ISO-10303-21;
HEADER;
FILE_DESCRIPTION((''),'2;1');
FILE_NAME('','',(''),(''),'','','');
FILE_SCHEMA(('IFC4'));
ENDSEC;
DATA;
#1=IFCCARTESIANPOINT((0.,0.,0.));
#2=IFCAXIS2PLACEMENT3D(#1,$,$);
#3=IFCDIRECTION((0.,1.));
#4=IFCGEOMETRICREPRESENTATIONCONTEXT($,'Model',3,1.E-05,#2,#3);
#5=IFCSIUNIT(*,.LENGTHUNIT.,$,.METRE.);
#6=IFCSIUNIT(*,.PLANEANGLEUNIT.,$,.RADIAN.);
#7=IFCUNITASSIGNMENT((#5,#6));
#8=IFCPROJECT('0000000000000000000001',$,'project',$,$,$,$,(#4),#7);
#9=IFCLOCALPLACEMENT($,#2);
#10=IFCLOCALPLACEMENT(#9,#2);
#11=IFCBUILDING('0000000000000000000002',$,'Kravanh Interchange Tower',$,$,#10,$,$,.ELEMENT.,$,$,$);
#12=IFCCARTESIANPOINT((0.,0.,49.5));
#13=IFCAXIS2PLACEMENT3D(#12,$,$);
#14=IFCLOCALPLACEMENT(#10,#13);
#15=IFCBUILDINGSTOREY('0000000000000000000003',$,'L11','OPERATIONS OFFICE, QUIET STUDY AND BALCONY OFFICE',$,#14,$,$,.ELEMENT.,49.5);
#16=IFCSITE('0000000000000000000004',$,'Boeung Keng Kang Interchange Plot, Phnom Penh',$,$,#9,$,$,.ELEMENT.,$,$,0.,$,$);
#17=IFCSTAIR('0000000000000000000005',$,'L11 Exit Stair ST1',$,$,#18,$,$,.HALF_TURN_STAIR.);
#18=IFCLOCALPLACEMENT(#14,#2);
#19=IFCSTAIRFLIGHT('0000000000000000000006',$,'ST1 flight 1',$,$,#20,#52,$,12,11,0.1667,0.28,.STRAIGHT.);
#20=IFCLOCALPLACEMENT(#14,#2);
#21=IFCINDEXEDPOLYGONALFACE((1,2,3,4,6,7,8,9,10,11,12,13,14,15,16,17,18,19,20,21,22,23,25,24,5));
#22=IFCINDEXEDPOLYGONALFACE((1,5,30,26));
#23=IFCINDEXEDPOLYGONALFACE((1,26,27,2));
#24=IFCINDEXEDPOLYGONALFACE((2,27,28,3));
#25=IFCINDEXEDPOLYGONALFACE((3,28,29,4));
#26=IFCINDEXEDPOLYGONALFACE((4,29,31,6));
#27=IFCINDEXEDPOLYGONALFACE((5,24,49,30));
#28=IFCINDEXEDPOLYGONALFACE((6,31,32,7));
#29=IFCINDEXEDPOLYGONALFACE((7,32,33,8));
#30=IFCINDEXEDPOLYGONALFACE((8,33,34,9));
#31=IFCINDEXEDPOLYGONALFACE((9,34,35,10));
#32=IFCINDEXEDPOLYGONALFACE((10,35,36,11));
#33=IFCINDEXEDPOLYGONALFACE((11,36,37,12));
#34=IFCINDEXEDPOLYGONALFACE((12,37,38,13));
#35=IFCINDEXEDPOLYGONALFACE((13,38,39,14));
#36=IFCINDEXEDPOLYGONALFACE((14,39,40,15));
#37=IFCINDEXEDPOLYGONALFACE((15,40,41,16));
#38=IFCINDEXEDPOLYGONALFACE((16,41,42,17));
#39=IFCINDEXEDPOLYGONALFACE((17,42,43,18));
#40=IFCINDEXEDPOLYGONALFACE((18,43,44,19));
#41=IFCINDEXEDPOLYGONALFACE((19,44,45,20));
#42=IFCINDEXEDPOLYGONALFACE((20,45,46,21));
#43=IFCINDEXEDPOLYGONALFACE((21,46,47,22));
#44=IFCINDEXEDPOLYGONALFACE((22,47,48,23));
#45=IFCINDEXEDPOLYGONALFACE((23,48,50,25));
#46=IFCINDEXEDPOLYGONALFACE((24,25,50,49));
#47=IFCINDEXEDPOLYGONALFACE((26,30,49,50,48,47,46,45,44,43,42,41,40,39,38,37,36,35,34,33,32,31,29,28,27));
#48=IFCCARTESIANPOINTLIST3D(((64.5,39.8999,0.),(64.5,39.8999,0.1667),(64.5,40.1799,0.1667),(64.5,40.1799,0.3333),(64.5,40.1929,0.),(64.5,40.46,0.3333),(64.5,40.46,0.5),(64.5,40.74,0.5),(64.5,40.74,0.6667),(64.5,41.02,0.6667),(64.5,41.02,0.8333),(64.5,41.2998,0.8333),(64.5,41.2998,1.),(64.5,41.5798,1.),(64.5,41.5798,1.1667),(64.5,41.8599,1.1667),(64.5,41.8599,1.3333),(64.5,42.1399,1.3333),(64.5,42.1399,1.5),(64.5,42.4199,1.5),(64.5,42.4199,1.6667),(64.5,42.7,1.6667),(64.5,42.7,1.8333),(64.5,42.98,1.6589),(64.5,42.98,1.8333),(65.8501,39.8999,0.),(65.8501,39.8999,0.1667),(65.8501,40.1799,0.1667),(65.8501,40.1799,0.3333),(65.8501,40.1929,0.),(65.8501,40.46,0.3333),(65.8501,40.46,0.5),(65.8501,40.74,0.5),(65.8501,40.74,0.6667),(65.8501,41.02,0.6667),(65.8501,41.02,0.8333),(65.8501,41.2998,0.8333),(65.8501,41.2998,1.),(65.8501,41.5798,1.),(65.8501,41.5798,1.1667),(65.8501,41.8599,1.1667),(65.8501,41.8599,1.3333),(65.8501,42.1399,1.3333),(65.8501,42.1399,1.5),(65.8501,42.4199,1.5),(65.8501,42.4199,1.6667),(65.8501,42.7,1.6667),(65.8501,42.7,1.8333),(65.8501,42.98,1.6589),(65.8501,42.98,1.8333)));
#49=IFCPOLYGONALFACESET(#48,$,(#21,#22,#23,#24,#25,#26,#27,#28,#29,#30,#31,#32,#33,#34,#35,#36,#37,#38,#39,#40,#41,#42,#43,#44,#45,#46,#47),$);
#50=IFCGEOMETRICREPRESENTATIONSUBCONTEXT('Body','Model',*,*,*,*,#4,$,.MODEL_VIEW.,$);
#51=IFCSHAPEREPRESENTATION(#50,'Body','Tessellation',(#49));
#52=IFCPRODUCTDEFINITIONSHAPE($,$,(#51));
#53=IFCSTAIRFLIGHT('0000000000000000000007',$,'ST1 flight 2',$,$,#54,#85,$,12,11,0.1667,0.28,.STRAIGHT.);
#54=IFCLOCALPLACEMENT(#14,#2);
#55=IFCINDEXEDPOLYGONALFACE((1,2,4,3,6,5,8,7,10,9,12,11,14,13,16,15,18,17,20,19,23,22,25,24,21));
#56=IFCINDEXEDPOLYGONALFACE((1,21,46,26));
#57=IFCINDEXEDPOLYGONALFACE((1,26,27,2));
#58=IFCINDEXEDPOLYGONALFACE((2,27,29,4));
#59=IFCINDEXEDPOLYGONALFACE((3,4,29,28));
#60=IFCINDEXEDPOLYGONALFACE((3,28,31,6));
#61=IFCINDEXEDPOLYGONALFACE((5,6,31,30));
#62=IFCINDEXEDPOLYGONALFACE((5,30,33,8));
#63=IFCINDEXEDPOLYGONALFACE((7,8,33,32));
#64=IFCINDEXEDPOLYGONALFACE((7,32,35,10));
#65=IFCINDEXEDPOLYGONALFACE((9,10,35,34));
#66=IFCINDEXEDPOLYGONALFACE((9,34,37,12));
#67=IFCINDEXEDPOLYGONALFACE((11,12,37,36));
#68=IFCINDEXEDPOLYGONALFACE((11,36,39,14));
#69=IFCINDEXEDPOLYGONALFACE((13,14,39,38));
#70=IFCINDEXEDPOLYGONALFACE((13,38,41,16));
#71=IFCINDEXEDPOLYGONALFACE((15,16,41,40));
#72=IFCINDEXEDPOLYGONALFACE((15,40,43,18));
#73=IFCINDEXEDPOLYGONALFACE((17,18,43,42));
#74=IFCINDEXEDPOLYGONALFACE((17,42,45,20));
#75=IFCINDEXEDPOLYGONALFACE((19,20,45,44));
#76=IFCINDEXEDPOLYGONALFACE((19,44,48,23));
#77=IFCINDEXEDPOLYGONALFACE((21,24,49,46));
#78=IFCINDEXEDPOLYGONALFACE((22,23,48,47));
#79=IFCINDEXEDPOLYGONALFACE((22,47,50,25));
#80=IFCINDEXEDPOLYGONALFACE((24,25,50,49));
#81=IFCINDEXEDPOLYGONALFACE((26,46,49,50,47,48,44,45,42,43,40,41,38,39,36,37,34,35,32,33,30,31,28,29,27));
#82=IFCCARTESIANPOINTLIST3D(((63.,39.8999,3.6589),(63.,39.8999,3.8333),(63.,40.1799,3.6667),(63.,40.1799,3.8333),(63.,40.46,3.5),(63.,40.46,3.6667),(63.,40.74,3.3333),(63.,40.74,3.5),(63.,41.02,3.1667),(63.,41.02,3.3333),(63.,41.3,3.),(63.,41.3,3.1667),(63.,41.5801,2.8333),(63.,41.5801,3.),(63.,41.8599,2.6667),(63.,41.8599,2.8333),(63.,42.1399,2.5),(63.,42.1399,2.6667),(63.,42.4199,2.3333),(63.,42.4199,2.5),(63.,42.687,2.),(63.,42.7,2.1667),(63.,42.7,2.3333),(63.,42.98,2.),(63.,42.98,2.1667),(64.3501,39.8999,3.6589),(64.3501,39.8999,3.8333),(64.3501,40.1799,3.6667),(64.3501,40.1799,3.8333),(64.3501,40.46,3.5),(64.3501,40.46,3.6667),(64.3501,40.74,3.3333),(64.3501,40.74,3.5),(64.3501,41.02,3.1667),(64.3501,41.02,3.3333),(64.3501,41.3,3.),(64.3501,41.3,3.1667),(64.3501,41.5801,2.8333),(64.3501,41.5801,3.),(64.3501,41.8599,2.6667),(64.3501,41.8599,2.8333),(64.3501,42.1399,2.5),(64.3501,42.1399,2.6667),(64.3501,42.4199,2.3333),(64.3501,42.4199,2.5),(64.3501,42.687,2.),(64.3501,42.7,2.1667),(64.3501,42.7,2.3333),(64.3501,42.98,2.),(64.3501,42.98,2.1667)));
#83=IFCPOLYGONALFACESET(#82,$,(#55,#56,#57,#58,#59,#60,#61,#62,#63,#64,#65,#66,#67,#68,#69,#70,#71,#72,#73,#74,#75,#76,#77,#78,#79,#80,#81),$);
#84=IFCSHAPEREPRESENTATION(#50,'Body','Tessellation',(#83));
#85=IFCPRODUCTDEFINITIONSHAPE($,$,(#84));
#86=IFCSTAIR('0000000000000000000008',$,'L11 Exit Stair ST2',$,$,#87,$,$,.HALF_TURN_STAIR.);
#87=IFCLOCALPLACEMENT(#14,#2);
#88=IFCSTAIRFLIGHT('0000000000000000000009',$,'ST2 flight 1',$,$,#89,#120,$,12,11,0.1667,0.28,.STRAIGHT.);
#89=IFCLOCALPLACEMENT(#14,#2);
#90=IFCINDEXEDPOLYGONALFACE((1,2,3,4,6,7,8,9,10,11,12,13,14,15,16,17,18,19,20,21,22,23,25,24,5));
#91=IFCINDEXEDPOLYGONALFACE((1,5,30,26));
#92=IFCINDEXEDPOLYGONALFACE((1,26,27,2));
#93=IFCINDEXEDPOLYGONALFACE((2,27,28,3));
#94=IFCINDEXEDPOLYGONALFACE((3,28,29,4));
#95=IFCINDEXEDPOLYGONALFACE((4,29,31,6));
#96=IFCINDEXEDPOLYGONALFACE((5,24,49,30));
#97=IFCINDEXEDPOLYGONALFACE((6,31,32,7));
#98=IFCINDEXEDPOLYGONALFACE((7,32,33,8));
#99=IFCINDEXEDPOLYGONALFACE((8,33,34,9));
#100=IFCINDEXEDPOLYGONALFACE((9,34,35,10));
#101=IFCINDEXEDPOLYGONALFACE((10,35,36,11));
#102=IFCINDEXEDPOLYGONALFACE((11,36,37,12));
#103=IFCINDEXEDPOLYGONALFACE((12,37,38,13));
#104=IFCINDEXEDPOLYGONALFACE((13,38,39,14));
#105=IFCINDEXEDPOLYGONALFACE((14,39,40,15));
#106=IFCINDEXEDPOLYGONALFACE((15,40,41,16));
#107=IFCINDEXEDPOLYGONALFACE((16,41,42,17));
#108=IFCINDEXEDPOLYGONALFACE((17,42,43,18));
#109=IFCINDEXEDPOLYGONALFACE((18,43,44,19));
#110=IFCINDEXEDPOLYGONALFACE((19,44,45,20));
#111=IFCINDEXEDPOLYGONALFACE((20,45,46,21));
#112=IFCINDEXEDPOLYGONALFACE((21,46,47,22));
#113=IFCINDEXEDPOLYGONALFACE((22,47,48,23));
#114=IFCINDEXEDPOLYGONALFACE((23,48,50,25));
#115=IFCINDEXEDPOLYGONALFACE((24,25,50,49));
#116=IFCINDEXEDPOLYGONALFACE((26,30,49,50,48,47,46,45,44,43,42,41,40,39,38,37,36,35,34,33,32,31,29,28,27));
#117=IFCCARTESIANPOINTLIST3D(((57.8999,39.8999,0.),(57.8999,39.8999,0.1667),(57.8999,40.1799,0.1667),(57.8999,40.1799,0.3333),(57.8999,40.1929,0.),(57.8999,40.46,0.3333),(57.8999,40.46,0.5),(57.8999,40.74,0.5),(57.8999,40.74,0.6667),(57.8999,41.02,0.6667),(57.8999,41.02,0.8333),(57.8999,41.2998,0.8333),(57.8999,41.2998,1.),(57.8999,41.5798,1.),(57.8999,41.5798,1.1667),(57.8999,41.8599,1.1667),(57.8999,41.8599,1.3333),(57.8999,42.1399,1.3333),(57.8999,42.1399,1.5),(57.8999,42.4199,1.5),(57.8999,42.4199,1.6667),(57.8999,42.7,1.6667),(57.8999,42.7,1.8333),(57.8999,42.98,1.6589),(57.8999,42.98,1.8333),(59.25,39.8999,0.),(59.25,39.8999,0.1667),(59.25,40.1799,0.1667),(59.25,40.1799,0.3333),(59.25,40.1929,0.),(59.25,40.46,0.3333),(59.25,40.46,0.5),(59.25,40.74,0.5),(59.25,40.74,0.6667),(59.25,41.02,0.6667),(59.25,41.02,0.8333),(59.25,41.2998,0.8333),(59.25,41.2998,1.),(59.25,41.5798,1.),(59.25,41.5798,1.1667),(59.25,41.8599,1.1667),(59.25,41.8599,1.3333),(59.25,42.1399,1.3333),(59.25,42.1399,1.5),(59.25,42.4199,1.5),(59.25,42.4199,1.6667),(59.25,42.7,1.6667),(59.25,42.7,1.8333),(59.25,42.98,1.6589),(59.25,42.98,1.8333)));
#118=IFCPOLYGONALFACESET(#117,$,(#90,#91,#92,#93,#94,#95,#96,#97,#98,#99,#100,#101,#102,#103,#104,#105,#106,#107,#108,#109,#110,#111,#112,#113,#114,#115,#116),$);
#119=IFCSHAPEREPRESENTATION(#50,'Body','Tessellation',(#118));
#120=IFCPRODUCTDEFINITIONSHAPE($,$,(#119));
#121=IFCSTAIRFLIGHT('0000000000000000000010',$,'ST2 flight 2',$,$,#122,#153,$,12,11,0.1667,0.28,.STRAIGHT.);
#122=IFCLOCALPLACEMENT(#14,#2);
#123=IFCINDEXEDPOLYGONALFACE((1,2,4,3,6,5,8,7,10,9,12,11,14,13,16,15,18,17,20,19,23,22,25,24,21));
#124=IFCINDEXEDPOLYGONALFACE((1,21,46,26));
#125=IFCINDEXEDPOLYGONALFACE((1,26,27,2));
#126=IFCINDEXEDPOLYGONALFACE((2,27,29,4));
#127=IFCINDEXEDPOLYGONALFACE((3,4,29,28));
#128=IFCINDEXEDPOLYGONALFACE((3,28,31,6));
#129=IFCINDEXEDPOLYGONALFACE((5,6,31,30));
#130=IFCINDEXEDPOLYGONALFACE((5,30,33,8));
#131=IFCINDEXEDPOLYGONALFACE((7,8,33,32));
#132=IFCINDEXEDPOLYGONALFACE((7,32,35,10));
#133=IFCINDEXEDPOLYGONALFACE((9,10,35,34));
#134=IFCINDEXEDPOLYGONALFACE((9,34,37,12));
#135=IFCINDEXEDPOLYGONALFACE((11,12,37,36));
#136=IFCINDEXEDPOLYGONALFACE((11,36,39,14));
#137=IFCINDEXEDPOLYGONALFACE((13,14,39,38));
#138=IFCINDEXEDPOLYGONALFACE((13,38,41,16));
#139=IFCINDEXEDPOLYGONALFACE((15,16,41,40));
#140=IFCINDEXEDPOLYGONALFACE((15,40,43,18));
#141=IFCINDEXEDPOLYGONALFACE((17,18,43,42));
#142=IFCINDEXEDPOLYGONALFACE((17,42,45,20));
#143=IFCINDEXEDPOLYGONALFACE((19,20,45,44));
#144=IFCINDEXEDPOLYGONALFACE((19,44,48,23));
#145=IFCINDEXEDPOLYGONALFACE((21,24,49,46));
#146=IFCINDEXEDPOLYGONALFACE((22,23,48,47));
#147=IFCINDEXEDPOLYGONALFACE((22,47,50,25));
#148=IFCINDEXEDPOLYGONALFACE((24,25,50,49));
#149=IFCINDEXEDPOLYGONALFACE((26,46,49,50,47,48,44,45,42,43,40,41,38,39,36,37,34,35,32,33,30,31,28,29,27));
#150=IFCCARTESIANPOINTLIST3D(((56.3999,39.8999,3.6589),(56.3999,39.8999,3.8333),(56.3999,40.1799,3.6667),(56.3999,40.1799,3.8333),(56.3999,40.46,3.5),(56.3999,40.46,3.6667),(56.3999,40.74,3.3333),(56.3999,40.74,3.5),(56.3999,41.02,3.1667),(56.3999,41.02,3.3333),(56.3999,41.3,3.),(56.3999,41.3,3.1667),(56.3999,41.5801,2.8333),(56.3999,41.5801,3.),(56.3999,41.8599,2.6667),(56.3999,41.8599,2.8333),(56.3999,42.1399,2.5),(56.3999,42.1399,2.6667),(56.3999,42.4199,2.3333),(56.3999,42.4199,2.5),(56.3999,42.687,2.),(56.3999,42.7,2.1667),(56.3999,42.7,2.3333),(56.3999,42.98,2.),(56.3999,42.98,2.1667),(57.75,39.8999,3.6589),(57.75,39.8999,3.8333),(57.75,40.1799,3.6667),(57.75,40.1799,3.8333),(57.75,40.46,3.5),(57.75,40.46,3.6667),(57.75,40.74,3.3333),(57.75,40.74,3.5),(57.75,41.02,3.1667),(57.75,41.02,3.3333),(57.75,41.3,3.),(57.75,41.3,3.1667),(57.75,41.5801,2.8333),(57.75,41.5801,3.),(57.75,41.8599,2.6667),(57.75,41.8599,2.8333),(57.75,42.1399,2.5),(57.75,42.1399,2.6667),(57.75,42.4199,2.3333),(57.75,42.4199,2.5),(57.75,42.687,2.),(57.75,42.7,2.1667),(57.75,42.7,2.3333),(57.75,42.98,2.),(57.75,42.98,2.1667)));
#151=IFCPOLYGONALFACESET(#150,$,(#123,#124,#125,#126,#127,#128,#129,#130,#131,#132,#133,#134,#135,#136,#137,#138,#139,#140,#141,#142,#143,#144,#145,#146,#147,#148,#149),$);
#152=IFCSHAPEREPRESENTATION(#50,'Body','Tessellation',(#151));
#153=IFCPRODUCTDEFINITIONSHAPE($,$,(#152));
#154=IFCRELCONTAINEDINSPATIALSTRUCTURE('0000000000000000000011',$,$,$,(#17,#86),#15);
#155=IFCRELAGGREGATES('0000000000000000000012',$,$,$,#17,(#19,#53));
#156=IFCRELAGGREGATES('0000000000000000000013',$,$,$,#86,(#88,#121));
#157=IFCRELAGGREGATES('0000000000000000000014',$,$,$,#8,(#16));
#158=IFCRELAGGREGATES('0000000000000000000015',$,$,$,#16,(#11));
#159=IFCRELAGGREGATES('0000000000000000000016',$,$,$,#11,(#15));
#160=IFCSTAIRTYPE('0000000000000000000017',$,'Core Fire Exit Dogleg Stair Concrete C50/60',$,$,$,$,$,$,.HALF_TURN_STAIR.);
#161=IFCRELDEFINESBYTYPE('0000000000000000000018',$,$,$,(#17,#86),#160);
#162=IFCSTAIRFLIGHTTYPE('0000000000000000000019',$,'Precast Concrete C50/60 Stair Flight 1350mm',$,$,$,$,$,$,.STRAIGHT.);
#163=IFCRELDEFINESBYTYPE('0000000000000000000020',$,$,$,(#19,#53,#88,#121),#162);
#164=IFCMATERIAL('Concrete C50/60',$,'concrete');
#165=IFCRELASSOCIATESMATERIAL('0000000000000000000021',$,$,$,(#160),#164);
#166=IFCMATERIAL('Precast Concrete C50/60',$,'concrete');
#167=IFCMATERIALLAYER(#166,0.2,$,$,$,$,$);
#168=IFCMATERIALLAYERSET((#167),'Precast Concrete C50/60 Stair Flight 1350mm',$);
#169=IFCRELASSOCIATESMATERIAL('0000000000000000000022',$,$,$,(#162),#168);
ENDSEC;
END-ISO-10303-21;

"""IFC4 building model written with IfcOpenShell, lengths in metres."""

from ifc_helpers import new_model, si_unit, direction, frame, origin, place, context, subcontext, project, spatial, polyline, outline, extrude, material, layer, layer_set, type_object, element, aggregate, save


model = new_model("IFC4")

# Units and contexts
model_context = context("Model", 3, precision=1e-05, world=origin(), true_north=direction((0.0, 1.0)))
body_context = subcontext(model_context, "Body", "Model", "MODEL_VIEW")
ifc_project = project(units=[si_unit("LENGTHUNIT", "METRE"), si_unit("PLANEANGLEUNIT", "RADIAN")], contexts=[model_context])

# Site, building, storey
site_placement = place(None, origin())
site = spatial("IfcSite", under=ifc_project, at=site_placement, Name="Boeung Keng Kang Interchange Plot, Phnom Penh", CompositionType="ELEMENT", RefElevation=0.0)
building_placement = place(site_placement, origin())
building = spatial("IfcBuilding", under=site, at=building_placement, Name="Kravanh Interchange Tower", CompositionType="ELEMENT")
storey_placement = place(building_placement, frame((0.0, 0.0, 49.5)))
storey = spatial("IfcBuildingStorey", under=building, at=storey_placement, Name="L11", Description="OPERATIONS OFFICE, QUIET STUDY AND BALCONY OFFICE", CompositionType="ELEMENT", Elevation=49.5)

# Stairs, stair flights
ifc_material_1 = material(Name="Concrete C50/60", Category="concrete")
stair_type = type_object("IfcStairType", Name="Core Fire Exit Dogleg Stair Concrete C50/60", PredefinedType="HALF_TURN_STAIR", material=ifc_material_1)
stair_1_placement = place(storey_placement, origin())
stair_1 = element("IfcStair", 1, at=stair_1_placement, inside=storey, type_object=stair_type, Name="L11 Exit Stair ST1", PredefinedType="HALF_TURN_STAIR")
ifc_material_2 = material(Name="Precast Concrete C50/60", Category="concrete")
ifc_layer_1 = layer(ifc_material_2, 0.2)
ifc_layer_set_1 = layer_set([ifc_layer_1], Name="Precast Concrete C50/60 Stair Flight 1350mm")
stair_flight_type = type_object("IfcStairFlightType", Name="Precast Concrete C50/60 Stair Flight 1350mm", PredefinedType="STRAIGHT", material=ifc_layer_set_1)
stair_flight_1_placement = place(storey_placement, frame((65.175, 39.8999, 0.0), z_axis=(0.0, 0.0, 1.0), x_axis=(0.0, 1.0, 0.0)))
stair_flight_1 = element("IfcStairFlight", 2, at=stair_flight_1_placement, type_object=stair_flight_type, Name="ST1 flight 1", NumberOfRisers=12, NumberOfTreads=11, PredefinedType="STRAIGHT", RiserHeight=0.1667, TreadLength=0.28, context=body_context, shape_type="SweptSolid", body=[
    extrude(outline(polyline([(0.0, 0.0), (0.0, 0.1667), (0.28, 0.1667), (0.28, 0.3333), (0.5601, 0.3333), (0.5601, 0.5), (0.8401, 0.5), (0.8401, 0.6667), (1.1201, 0.6667), (1.1201, 0.8333), (1.3999, 0.8333), (1.3999, 1.0), (1.6799, 1.0), (1.6799, 1.1667), (1.96, 1.1667), (1.96, 1.3333), (2.24, 1.3333), (2.24, 1.5), (2.52, 1.5), (2.52, 1.6667), (2.8, 1.6667), (2.8, 1.8333), (3.0801, 1.8333), (3.0801, 2.0), (3.0801, 1.6589), (0.293, 0.0), (0.0, 0.0)])), frame((0.0, 0.675, 0.0), z_axis=(0.0, -1.0, 0.0), x_axis=(1.0, 0.0, 0.0)), (0.0, 0.0, 1.0), 1.3501),
])
stair_flight_2_placement = place(storey_placement, frame((63.675, 42.98, 2.0), z_axis=(0.0, 0.0, 1.0), x_axis=(0.0, -1.0, 0.0)))
stair_flight_2 = element("IfcStairFlight", 3, at=stair_flight_2_placement, type_object=stair_flight_type, Name="ST1 flight 2", NumberOfRisers=12, NumberOfTreads=11, PredefinedType="STRAIGHT", RiserHeight=0.1667, TreadLength=0.28, context=body_context, shape_type="SweptSolid", body=[
    extrude(outline(polyline([(0.0, 0.0), (0.0, 0.1667), (0.28, 0.1667), (0.28, 0.3333), (0.5601, 0.3333), (0.5601, 0.5), (0.8401, 0.5), (0.8401, 0.6667), (1.1201, 0.6667), (1.1201, 0.8333), (1.3999, 0.8333), (1.3999, 1.0), (1.6799, 1.0), (1.6799, 1.1667), (1.96, 1.1667), (1.96, 1.3333), (2.24, 1.3333), (2.24, 1.5), (2.52, 1.5), (2.52, 1.6667), (2.8, 1.6667), (2.8, 1.8333), (3.0801, 1.8333), (3.0801, 2.0), (3.0801, 1.6589), (0.293, 0.0), (0.0, 0.0)])), frame((0.0, 0.675, 0.0), z_axis=(0.0, -1.0, 0.0), x_axis=(1.0, 0.0, 0.0)), (0.0, 0.0, 1.0), 1.3501),
])
aggregate(stair_1, [stair_flight_1, stair_flight_2])
stair_2_placement = place(storey_placement, origin())
stair_2 = element("IfcStair", 4, at=stair_2_placement, inside=storey, type_object=stair_type, Name="L11 Exit Stair ST2", PredefinedType="HALF_TURN_STAIR")
stair_flight_3_placement = place(storey_placement, frame((58.575, 39.8999, 0.0), z_axis=(0.0, 0.0, 1.0), x_axis=(0.0, 1.0, 0.0)))
stair_flight_3 = element("IfcStairFlight", 5, at=stair_flight_3_placement, type_object=stair_flight_type, Name="ST2 flight 1", NumberOfRisers=12, NumberOfTreads=11, PredefinedType="STRAIGHT", RiserHeight=0.1667, TreadLength=0.28, context=body_context, shape_type="SweptSolid", body=[
    extrude(outline(polyline([(0.0, 0.0), (0.0, 0.1667), (0.28, 0.1667), (0.28, 0.3333), (0.5601, 0.3333), (0.5601, 0.5), (0.8401, 0.5), (0.8401, 0.6667), (1.1201, 0.6667), (1.1201, 0.8333), (1.3999, 0.8333), (1.3999, 1.0), (1.6799, 1.0), (1.6799, 1.1667), (1.96, 1.1667), (1.96, 1.3333), (2.24, 1.3333), (2.24, 1.5), (2.52, 1.5), (2.52, 1.6667), (2.8, 1.6667), (2.8, 1.8333), (3.0801, 1.8333), (3.0801, 2.0), (3.0801, 1.6589), (0.293, 0.0), (0.0, 0.0)])), frame((0.0, 0.675, 0.0), z_axis=(0.0, -1.0, 0.0), x_axis=(1.0, 0.0, 0.0)), (0.0, 0.0, 1.0), 1.3501),
])
stair_flight_4_placement = place(storey_placement, frame((57.075, 42.98, 2.0), z_axis=(0.0, 0.0, 1.0), x_axis=(0.0, -1.0, 0.0)))
stair_flight_4 = element("IfcStairFlight", 6, at=stair_flight_4_placement, type_object=stair_flight_type, Name="ST2 flight 2", NumberOfRisers=12, NumberOfTreads=11, PredefinedType="STRAIGHT", RiserHeight=0.1667, TreadLength=0.28, context=body_context, shape_type="SweptSolid", body=[
    extrude(outline(polyline([(0.0, 0.0), (0.0, 0.1667), (0.28, 0.1667), (0.28, 0.3333), (0.5601, 0.3333), (0.5601, 0.5), (0.8401, 0.5), (0.8401, 0.6667), (1.1201, 0.6667), (1.1201, 0.8333), (1.3999, 0.8333), (1.3999, 1.0), (1.6799, 1.0), (1.6799, 1.1667), (1.96, 1.1667), (1.96, 1.3333), (2.24, 1.3333), (2.24, 1.5), (2.52, 1.5), (2.52, 1.6667), (2.8, 1.6667), (2.8, 1.8333), (3.0801, 1.8333), (3.0801, 2.0), (3.0801, 1.6589), (0.293, 0.0), (0.0, 0.0)])), frame((0.0, 0.675, 0.0), z_axis=(0.0, -1.0, 0.0), x_axis=(1.0, 0.0, 0.0)), (0.0, 0.0, 1.0), 1.3501),
])
aggregate(stair_2, [stair_flight_3, stair_flight_4])

save(model, "model.ifc")
